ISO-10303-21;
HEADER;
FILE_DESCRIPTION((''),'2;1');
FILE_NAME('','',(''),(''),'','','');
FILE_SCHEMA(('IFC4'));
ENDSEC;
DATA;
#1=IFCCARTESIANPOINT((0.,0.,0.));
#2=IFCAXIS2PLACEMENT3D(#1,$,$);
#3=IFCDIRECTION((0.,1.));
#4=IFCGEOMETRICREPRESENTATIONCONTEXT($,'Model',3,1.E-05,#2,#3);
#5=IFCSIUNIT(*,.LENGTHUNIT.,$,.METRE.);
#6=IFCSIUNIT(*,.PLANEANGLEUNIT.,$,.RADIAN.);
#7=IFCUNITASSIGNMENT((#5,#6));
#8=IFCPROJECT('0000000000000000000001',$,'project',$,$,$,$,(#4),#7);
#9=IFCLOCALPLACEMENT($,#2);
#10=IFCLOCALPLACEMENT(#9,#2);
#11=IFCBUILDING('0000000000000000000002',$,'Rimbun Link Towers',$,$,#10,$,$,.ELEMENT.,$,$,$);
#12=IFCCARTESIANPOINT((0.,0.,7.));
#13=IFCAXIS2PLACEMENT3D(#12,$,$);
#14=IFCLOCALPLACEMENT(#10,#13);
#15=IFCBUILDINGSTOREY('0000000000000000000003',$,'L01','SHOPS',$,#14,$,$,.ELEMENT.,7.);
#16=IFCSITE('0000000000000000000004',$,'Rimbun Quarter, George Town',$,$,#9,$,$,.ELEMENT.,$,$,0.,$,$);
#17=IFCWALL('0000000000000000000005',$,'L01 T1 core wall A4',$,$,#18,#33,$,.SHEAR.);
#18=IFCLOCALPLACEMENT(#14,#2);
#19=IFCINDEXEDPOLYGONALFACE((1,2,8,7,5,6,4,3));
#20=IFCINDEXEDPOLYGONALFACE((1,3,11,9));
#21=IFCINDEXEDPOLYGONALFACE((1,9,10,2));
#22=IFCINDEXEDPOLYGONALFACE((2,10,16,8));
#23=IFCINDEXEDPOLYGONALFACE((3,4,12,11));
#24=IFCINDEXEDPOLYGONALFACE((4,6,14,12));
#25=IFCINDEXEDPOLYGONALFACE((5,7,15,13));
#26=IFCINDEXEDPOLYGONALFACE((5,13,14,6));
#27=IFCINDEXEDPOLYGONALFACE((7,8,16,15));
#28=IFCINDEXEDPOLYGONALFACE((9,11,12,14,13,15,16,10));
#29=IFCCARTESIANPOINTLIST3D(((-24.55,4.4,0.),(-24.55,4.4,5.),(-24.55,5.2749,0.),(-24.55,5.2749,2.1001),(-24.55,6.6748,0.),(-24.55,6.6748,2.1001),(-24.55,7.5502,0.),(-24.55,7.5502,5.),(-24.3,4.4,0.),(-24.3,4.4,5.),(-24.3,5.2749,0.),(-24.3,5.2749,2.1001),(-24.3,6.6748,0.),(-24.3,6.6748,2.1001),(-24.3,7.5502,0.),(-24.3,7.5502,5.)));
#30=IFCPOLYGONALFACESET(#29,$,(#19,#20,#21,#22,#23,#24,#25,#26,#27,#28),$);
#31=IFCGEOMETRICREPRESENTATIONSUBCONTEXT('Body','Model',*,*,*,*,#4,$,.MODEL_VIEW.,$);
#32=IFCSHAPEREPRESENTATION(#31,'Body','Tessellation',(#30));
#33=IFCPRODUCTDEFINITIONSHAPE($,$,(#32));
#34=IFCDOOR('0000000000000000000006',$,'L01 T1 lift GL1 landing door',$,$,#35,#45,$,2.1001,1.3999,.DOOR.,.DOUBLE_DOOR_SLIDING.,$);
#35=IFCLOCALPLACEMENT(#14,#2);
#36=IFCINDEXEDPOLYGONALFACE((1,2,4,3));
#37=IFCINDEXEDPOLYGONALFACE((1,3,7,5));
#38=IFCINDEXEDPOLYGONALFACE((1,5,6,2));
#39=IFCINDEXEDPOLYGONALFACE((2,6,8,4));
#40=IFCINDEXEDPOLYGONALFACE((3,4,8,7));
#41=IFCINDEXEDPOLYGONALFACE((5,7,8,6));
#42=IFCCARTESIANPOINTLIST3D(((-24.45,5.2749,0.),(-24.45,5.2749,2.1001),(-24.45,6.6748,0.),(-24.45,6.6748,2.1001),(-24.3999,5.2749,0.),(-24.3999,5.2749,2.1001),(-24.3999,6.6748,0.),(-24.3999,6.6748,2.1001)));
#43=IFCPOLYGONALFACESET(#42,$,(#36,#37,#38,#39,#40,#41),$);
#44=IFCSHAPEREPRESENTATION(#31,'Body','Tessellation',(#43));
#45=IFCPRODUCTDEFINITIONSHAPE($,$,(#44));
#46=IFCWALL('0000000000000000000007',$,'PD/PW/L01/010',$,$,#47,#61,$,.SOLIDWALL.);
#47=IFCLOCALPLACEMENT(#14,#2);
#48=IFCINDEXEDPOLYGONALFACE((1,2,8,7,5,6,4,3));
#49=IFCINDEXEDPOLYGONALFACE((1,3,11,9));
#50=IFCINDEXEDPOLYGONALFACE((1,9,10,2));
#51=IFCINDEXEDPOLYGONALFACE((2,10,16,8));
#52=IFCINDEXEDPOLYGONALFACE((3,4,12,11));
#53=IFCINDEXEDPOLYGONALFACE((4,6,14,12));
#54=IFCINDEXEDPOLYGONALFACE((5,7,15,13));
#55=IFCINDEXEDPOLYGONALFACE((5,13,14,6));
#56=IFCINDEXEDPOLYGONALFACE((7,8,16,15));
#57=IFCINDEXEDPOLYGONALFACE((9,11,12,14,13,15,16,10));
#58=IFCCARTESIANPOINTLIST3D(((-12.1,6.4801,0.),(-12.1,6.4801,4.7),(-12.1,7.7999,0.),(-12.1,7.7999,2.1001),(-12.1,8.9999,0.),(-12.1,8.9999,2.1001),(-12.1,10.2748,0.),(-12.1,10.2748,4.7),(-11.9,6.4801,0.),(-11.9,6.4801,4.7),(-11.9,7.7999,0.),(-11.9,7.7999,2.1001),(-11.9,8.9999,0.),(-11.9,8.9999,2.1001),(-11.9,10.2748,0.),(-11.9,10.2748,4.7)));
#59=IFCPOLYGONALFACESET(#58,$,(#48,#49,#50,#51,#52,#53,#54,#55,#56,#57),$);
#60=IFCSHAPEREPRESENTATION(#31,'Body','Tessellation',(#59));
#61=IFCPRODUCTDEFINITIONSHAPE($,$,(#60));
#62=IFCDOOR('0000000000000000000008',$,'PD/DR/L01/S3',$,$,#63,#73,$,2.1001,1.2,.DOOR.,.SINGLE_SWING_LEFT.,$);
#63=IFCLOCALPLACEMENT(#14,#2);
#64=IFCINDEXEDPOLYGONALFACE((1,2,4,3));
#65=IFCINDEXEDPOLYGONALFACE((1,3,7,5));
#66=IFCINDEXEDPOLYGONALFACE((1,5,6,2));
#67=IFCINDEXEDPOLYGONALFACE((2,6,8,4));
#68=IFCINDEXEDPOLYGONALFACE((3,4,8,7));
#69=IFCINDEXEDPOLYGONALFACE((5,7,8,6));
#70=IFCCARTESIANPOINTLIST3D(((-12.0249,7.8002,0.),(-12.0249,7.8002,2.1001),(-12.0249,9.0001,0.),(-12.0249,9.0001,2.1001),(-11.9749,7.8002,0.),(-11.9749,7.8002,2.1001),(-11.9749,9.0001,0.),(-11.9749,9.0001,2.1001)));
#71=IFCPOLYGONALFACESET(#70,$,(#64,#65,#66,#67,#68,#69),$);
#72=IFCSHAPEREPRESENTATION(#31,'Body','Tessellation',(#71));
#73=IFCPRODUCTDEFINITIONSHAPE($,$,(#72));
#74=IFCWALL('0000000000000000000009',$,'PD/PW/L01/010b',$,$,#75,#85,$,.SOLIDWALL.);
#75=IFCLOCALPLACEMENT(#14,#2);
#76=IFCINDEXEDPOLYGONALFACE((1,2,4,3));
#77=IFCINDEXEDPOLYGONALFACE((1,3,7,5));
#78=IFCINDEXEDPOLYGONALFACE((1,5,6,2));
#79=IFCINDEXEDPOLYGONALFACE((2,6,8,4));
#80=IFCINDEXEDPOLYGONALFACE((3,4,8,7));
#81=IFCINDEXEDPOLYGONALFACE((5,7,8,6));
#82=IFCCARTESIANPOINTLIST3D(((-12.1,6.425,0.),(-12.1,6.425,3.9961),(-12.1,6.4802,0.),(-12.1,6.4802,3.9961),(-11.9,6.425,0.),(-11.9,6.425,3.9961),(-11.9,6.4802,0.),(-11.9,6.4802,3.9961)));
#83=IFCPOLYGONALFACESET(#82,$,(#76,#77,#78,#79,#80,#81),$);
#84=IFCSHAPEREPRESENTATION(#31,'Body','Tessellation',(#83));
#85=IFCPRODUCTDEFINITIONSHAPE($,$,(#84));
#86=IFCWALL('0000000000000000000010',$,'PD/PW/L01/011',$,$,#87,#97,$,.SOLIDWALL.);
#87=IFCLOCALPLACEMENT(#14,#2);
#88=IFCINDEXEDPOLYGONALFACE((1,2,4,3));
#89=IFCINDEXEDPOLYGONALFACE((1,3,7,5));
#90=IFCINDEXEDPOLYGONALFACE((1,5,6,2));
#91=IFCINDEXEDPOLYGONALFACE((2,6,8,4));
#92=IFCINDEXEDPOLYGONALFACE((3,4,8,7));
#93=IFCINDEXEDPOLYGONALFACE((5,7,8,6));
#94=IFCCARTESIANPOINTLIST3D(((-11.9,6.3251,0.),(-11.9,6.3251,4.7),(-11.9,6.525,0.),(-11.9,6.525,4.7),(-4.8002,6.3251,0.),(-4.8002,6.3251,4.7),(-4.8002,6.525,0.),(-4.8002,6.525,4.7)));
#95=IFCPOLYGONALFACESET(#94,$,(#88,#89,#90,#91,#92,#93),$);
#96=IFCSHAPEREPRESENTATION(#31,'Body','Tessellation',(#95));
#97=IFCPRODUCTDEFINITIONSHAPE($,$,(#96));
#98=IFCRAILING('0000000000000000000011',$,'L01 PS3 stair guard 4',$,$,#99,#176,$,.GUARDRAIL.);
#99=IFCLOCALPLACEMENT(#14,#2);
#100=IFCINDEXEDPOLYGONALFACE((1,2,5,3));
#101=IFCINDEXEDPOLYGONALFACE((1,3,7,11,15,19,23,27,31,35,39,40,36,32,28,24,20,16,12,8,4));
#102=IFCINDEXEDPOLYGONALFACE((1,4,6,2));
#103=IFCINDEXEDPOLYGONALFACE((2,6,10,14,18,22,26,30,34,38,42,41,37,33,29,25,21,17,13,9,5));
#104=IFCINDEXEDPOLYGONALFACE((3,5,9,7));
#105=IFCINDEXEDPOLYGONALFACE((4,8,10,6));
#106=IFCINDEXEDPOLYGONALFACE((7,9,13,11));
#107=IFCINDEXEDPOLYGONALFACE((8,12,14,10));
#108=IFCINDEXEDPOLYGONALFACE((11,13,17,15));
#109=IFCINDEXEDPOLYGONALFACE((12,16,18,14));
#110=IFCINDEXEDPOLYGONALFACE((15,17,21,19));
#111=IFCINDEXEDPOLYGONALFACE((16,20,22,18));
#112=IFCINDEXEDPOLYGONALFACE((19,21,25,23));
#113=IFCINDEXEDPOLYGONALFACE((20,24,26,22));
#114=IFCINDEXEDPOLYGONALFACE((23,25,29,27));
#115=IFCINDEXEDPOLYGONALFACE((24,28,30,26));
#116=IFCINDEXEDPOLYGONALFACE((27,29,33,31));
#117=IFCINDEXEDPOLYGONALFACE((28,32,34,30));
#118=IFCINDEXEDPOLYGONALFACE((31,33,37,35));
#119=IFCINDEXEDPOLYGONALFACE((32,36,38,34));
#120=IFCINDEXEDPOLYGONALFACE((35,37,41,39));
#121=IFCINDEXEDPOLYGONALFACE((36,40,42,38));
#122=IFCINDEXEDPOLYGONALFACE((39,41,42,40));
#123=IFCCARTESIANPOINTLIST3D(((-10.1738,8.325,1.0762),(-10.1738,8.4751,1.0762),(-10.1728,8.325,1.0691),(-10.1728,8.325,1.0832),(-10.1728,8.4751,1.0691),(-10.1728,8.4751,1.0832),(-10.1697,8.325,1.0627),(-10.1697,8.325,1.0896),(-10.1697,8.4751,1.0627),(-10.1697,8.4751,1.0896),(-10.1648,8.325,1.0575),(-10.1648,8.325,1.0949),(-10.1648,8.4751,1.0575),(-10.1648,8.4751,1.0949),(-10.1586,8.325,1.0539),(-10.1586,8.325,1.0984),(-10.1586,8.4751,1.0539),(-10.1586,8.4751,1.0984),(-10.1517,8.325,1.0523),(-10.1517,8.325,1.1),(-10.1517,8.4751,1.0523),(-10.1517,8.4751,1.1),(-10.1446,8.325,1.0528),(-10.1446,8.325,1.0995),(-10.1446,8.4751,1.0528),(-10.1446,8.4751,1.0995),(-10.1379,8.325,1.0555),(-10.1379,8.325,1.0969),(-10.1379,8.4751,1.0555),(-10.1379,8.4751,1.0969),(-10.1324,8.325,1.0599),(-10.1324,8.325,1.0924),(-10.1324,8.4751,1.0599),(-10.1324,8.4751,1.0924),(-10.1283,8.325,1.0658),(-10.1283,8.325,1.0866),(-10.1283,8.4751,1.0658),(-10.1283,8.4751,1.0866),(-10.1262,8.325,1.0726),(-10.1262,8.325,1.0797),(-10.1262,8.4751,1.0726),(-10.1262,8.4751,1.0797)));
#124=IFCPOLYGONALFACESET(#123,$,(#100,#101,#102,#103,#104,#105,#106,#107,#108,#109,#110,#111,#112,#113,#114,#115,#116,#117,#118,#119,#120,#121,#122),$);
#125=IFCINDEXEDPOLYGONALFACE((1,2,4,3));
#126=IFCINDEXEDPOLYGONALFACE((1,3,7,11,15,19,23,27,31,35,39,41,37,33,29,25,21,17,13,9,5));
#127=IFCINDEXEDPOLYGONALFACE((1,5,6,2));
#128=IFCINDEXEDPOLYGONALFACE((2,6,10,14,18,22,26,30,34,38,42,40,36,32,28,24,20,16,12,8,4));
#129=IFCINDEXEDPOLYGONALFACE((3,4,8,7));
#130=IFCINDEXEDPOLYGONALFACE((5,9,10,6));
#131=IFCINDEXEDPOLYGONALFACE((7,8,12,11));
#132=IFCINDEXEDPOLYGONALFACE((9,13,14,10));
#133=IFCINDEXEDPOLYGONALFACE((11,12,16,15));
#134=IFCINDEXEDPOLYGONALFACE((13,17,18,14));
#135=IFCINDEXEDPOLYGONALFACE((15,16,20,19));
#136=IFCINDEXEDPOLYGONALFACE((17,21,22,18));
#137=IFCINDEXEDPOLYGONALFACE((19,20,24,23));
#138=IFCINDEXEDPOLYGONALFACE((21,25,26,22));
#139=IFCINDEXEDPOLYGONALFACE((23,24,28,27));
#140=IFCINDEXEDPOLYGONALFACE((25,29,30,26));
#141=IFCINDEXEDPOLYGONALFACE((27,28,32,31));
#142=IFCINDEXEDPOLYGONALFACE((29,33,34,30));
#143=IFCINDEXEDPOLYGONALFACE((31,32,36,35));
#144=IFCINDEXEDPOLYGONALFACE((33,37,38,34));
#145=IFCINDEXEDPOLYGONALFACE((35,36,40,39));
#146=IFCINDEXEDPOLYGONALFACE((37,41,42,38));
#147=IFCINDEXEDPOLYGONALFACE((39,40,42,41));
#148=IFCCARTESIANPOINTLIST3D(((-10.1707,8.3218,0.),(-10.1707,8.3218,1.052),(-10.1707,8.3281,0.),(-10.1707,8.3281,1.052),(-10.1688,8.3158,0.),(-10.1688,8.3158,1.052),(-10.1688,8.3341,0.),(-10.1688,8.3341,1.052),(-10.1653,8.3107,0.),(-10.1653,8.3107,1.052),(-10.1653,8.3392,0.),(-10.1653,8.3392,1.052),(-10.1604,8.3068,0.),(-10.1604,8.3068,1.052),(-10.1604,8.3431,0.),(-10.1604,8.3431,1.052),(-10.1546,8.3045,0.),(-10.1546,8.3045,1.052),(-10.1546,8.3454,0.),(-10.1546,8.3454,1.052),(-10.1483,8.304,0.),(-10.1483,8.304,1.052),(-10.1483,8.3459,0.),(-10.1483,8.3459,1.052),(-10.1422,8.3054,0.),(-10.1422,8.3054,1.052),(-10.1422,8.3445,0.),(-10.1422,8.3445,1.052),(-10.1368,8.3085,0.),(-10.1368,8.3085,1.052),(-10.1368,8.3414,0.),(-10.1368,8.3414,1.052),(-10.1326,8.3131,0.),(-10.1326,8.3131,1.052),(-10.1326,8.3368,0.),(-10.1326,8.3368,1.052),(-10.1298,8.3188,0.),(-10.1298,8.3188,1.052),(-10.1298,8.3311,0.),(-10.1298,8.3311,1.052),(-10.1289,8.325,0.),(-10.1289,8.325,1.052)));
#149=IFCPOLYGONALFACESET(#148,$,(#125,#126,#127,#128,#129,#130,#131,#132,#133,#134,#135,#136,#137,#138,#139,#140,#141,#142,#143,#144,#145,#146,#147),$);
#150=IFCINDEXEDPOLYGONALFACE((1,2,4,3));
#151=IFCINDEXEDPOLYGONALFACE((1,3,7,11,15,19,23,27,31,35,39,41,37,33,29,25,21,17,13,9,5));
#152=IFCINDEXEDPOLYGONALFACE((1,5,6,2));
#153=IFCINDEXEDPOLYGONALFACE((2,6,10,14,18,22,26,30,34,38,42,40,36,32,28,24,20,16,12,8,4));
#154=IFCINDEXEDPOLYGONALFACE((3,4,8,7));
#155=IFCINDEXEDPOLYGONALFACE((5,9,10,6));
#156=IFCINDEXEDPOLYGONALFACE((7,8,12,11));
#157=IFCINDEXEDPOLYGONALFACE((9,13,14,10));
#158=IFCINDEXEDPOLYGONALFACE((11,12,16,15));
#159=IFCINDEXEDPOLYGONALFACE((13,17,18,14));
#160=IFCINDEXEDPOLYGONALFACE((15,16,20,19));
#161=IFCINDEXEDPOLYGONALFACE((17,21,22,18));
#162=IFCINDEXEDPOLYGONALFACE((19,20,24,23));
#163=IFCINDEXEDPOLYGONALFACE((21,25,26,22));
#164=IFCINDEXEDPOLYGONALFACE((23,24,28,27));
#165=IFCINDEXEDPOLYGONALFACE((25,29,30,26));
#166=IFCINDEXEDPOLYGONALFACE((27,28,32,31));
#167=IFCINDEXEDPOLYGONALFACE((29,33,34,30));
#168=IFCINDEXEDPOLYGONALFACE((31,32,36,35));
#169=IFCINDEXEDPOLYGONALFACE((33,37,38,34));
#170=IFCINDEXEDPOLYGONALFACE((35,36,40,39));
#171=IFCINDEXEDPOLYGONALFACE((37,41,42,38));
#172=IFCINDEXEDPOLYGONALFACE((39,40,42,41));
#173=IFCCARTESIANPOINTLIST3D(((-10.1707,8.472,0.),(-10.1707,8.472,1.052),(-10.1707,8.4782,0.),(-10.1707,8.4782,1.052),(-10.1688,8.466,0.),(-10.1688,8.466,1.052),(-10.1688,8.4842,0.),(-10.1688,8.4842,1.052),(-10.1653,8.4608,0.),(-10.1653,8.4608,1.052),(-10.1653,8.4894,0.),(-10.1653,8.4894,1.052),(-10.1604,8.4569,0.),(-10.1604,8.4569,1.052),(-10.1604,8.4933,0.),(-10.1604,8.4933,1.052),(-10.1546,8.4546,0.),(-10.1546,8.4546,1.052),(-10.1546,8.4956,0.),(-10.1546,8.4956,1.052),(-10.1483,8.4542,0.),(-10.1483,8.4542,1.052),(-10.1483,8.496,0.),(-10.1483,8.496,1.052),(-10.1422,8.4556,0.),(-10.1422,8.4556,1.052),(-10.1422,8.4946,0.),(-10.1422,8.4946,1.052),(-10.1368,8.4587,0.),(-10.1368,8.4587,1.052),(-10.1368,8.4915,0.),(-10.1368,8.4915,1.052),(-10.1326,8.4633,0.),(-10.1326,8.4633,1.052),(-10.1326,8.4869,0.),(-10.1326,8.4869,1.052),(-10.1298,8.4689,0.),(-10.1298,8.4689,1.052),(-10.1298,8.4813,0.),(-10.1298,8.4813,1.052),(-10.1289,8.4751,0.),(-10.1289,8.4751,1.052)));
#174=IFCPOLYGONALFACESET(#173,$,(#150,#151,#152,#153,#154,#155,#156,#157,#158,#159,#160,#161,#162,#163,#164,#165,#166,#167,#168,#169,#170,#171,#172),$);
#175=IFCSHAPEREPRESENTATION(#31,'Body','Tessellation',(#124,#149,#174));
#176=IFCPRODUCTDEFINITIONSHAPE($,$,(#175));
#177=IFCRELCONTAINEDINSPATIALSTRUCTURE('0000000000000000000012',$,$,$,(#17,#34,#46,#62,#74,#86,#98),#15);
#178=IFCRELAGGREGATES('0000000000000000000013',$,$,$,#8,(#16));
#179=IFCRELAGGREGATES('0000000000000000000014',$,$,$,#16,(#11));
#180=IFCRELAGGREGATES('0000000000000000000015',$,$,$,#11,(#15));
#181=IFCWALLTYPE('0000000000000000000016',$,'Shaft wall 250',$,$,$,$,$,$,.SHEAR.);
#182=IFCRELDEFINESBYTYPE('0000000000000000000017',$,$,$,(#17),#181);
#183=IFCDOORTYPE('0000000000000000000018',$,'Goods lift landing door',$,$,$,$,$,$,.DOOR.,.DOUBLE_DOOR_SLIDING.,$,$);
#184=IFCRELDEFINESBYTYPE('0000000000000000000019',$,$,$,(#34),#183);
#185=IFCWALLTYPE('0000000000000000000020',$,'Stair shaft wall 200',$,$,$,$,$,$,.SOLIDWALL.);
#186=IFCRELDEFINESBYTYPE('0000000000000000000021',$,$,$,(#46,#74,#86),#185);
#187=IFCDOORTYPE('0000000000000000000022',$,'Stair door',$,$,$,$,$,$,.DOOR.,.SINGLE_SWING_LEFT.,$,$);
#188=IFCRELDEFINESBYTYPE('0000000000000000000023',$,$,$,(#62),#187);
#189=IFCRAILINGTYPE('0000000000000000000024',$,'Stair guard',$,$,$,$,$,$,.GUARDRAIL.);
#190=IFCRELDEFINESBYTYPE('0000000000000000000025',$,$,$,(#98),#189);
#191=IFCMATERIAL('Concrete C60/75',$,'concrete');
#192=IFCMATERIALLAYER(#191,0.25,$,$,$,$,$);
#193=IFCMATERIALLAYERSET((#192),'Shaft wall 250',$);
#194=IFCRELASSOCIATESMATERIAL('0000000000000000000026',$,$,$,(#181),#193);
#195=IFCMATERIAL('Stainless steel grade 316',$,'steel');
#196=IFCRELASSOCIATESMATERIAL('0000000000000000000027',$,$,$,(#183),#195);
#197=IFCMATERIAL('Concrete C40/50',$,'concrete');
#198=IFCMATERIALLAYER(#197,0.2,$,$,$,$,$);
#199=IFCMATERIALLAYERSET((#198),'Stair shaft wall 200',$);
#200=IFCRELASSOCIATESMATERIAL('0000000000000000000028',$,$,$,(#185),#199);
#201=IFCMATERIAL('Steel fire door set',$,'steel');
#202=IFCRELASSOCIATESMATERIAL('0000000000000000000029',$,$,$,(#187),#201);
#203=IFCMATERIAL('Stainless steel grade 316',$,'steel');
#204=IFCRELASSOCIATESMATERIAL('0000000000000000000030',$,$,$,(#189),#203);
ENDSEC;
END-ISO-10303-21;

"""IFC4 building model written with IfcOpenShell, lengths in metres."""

from ifc_helpers import new_model, si_unit, direction, frame, frame_2d, origin, origin_2d, place, context, subcontext, project, spatial, rectangle, circle, extrude, material, layer, layer_set, type_object, element, fill, save


model = new_model("IFC4")

# Units and contexts
model_context = context("Model", 3, precision=1e-05, world=origin(), true_north=direction((0.0, 1.0)))
body_context = subcontext(model_context, "Body", "Model", "MODEL_VIEW")
ifc_project = project(units=[si_unit("LENGTHUNIT", "METRE"), si_unit("PLANEANGLEUNIT", "RADIAN")], contexts=[model_context])

# Site, building, storey
site_placement = place(None, origin())
site = spatial("IfcSite", under=ifc_project, at=site_placement, Name="Rimbun Quarter, George Town", CompositionType="ELEMENT", RefElevation=0.0)
building_placement = place(site_placement, origin())
building = spatial("IfcBuilding", under=site, at=building_placement, Name="Rimbun Link Towers", CompositionType="ELEMENT")
storey_placement = place(building_placement, frame((0.0, 0.0, 7.0)))
storey = spatial("IfcBuildingStorey", under=building, at=storey_placement, Name="L01", Description="SHOPS", CompositionType="ELEMENT", Elevation=7.0)

# Shared definitions
ifc_material_1 = material(Name="Concrete C60/75", Category="concrete")
ifc_layer_1 = layer(ifc_material_1, 0.25)
ifc_layer_set_1 = layer_set([ifc_layer_1], Name="Shaft wall 250")
wall_type_1 = type_object("IfcWallType", Name="Shaft wall 250", PredefinedType="SHEAR", material=ifc_layer_set_1)

# Walls, openings, doors
wall_1_placement = place(storey_placement, frame((-24.425, 4.3999, 0.0), z_axis=(0.0, 0.0, 1.0), x_axis=(0.0, 1.0, 0.0)))
wall_1 = element("IfcWall", 1, at=wall_1_placement, inside=storey, type_object=wall_type_1, Name="L01 T1 core wall A4", PredefinedType="SHEAR", context=body_context, shape_type="SweptSolid", body=[
    extrude(rectangle(XDim=3.1501, YDim=0.25, at=frame_2d((1.5752, 0.0))), origin(), (0.0, 0.0, 1.0), 5.0),
])
opening_1_placement = place(wall_1_placement, frame((0.875, 0.0, 0.0)))
opening_1 = element("IfcOpeningElement", 2, at=opening_1_placement, cuts=wall_1, PredefinedType="OPENING", context=body_context, shape_type="SweptSolid", body=[
    extrude(rectangle(XDim=1.3999, YDim=2.1001, at=frame_2d((0.7, 1.05))), frame((0.0, 0.135, 0.0), z_axis=(0.0, -1.0, 0.0), x_axis=(1.0, 0.0, 0.0)), (0.0, 0.0, 1.0), 0.27),
])
ifc_material_2 = material(Name="Stainless steel grade 316", Category="steel")
door_type_1 = type_object("IfcDoorType", Name="Goods lift landing door", OperationType="DOUBLE_DOOR_SLIDING", PredefinedType="DOOR", material=ifc_material_2)
door_1_placement = place(opening_1_placement, origin())
door_1 = element("IfcDoor", 3, at=door_1_placement, inside=storey, type_object=door_type_1, Name="L01 T1 lift GL1 landing door", OperationType="DOUBLE_DOOR_SLIDING", OverallHeight=2.1001, OverallWidth=1.3999, PredefinedType="DOOR", context=body_context, shape_type="SweptSolid", body=[
    extrude(rectangle(XDim=1.3999, YDim=2.1001, at=frame_2d((0.7, 1.05))), frame((0.0, 0.0249, 0.0), z_axis=(0.0, -1.0, 0.0), x_axis=(1.0, 0.0, 0.0)), (0.0, 0.0, 1.0), 0.05),
])
fill(opening_1, door_1)
ifc_material_3 = material(Name="Concrete C40/50", Category="concrete")
ifc_layer_2 = layer(ifc_material_3, 0.2)
ifc_layer_set_2 = layer_set([ifc_layer_2], Name="Stair shaft wall 200")
wall_type_2 = type_object("IfcWallType", Name="Stair shaft wall 200", PredefinedType="SOLIDWALL", material=ifc_layer_set_2)
wall_2_placement = place(storey_placement, frame((-12.0, 10.2749, 0.0), z_axis=(0.0, 0.0, 1.0), x_axis=(0.0, -1.0, 0.0)))
wall_2 = element("IfcWall", 4, at=wall_2_placement, inside=storey, type_object=wall_type_2, Name="PD/PW/L01/010", PredefinedType="SOLIDWALL", context=body_context, shape_type="SweptSolid", body=[
    extrude(rectangle(XDim=3.7947, YDim=0.2, at=frame_2d((1.8975, 0.0))), origin(), (0.0, 0.0, 1.0), 4.7),
])
opening_2_placement = place(wall_2_placement, frame((1.2749, 0.0, 0.0)))
opening_2 = element("IfcOpeningElement", 5, at=opening_2_placement, cuts=wall_2, PredefinedType="OPENING", context=body_context, shape_type="SweptSolid", body=[
    extrude(rectangle(XDim=1.2, YDim=2.1001, at=frame_2d((0.6001, 1.05))), frame((0.0, 0.1099, 0.0), z_axis=(0.0, -1.0, 0.0), x_axis=(1.0, 0.0, 0.0)), (0.0, 0.0, 1.0), 0.22),
])
ifc_material_4 = material(Name="Steel fire door set", Category="steel")
door_type_2 = type_object("IfcDoorType", Name="Stair door", OperationType="SINGLE_SWING_LEFT", PredefinedType="DOOR", material=ifc_material_4)
door_2_placement = place(opening_2_placement, frame((1.2, 0.0, 0.0), z_axis=(0.0, 0.0, 1.0), x_axis=(-1.0, 0.0, 0.0)))
door_2 = element("IfcDoor", 6, at=door_2_placement, inside=storey, type_object=door_type_2, Name="PD/DR/L01/S3", OperationType="SINGLE_SWING_LEFT", OverallHeight=2.1001, OverallWidth=1.2, PredefinedType="DOOR", context=body_context, shape_type="SweptSolid", body=[
    extrude(rectangle(XDim=1.2, YDim=2.1001, at=frame_2d((0.6001, 1.05))), frame((0.0, 0.0249, 0.0), z_axis=(0.0, -1.0, 0.0), x_axis=(1.0, 0.0, 0.0)), (0.0, 0.0, 1.0), 0.05),
])
fill(opening_2, door_2)

# Walls
wall_3_placement = place(storey_placement, frame((-12.0, 6.4802, 0.0), z_axis=(0.0, 0.0, 1.0), x_axis=(0.0, -1.0, 0.0)))
element("IfcWall", 7, at=wall_3_placement, inside=storey, type_object=wall_type_2, Name="PD/PW/L01/010b", PredefinedType="SOLIDWALL", context=body_context, shape_type="SweptSolid", body=[
    extrude(rectangle(XDim=0.0552, YDim=0.2, at=frame_2d((0.0276, 0.0))), origin(), (0.0, 0.0, 1.0), 3.9961),
])
wall_4_placement = place(storey_placement, frame((-11.8999, 6.425, 0.0), z_axis=(0.0, 0.0, 1.0), x_axis=(1.0, 0.0, 0.0)))
element("IfcWall", 8, at=wall_4_placement, inside=storey, type_object=wall_type_2, Name="PD/PW/L01/011", PredefinedType="SOLIDWALL", context=body_context, shape_type="SweptSolid", body=[
    extrude(rectangle(XDim=7.0999, YDim=0.2, at=frame_2d((3.5498, 0.0))), origin(), (0.0, 0.0, 1.0), 4.7),
])

# Railing
ifc_material_5 = material(Name="Stainless steel grade 316", Category="steel")
railing_type = type_object("IfcRailingType", Name="Stair guard", PredefinedType="GUARDRAIL", material=ifc_material_5)
railing_placement = place(storey_placement, frame((-10.1499, 8.325, 0.0)))
element("IfcRailing", 9, at=railing_placement, inside=storey, type_object=railing_type, Name="L01 PS3 stair guard 4", PredefinedType="GUARDRAIL", context=body_context, shape_type="SweptSolid", body=[
    extrude(circle(Radius=0.0239, at=origin_2d()), frame((0.0, 0.0, 1.0762), z_axis=(0.0, 1.0, 0.0), x_axis=(-1.0, 0.0, 0.0)), (0.0, 0.0, 1.0), 0.1501),
    extrude(circle(Radius=0.021, at=origin_2d()), origin(), (0.0, 0.0, 1.0), 1.052),
    extrude(circle(Radius=0.021, at=origin_2d()), frame((0.0, 0.1501, 0.0)), (0.0, 0.0, 1.0), 1.052),
])

save(model, "model.ifc")
